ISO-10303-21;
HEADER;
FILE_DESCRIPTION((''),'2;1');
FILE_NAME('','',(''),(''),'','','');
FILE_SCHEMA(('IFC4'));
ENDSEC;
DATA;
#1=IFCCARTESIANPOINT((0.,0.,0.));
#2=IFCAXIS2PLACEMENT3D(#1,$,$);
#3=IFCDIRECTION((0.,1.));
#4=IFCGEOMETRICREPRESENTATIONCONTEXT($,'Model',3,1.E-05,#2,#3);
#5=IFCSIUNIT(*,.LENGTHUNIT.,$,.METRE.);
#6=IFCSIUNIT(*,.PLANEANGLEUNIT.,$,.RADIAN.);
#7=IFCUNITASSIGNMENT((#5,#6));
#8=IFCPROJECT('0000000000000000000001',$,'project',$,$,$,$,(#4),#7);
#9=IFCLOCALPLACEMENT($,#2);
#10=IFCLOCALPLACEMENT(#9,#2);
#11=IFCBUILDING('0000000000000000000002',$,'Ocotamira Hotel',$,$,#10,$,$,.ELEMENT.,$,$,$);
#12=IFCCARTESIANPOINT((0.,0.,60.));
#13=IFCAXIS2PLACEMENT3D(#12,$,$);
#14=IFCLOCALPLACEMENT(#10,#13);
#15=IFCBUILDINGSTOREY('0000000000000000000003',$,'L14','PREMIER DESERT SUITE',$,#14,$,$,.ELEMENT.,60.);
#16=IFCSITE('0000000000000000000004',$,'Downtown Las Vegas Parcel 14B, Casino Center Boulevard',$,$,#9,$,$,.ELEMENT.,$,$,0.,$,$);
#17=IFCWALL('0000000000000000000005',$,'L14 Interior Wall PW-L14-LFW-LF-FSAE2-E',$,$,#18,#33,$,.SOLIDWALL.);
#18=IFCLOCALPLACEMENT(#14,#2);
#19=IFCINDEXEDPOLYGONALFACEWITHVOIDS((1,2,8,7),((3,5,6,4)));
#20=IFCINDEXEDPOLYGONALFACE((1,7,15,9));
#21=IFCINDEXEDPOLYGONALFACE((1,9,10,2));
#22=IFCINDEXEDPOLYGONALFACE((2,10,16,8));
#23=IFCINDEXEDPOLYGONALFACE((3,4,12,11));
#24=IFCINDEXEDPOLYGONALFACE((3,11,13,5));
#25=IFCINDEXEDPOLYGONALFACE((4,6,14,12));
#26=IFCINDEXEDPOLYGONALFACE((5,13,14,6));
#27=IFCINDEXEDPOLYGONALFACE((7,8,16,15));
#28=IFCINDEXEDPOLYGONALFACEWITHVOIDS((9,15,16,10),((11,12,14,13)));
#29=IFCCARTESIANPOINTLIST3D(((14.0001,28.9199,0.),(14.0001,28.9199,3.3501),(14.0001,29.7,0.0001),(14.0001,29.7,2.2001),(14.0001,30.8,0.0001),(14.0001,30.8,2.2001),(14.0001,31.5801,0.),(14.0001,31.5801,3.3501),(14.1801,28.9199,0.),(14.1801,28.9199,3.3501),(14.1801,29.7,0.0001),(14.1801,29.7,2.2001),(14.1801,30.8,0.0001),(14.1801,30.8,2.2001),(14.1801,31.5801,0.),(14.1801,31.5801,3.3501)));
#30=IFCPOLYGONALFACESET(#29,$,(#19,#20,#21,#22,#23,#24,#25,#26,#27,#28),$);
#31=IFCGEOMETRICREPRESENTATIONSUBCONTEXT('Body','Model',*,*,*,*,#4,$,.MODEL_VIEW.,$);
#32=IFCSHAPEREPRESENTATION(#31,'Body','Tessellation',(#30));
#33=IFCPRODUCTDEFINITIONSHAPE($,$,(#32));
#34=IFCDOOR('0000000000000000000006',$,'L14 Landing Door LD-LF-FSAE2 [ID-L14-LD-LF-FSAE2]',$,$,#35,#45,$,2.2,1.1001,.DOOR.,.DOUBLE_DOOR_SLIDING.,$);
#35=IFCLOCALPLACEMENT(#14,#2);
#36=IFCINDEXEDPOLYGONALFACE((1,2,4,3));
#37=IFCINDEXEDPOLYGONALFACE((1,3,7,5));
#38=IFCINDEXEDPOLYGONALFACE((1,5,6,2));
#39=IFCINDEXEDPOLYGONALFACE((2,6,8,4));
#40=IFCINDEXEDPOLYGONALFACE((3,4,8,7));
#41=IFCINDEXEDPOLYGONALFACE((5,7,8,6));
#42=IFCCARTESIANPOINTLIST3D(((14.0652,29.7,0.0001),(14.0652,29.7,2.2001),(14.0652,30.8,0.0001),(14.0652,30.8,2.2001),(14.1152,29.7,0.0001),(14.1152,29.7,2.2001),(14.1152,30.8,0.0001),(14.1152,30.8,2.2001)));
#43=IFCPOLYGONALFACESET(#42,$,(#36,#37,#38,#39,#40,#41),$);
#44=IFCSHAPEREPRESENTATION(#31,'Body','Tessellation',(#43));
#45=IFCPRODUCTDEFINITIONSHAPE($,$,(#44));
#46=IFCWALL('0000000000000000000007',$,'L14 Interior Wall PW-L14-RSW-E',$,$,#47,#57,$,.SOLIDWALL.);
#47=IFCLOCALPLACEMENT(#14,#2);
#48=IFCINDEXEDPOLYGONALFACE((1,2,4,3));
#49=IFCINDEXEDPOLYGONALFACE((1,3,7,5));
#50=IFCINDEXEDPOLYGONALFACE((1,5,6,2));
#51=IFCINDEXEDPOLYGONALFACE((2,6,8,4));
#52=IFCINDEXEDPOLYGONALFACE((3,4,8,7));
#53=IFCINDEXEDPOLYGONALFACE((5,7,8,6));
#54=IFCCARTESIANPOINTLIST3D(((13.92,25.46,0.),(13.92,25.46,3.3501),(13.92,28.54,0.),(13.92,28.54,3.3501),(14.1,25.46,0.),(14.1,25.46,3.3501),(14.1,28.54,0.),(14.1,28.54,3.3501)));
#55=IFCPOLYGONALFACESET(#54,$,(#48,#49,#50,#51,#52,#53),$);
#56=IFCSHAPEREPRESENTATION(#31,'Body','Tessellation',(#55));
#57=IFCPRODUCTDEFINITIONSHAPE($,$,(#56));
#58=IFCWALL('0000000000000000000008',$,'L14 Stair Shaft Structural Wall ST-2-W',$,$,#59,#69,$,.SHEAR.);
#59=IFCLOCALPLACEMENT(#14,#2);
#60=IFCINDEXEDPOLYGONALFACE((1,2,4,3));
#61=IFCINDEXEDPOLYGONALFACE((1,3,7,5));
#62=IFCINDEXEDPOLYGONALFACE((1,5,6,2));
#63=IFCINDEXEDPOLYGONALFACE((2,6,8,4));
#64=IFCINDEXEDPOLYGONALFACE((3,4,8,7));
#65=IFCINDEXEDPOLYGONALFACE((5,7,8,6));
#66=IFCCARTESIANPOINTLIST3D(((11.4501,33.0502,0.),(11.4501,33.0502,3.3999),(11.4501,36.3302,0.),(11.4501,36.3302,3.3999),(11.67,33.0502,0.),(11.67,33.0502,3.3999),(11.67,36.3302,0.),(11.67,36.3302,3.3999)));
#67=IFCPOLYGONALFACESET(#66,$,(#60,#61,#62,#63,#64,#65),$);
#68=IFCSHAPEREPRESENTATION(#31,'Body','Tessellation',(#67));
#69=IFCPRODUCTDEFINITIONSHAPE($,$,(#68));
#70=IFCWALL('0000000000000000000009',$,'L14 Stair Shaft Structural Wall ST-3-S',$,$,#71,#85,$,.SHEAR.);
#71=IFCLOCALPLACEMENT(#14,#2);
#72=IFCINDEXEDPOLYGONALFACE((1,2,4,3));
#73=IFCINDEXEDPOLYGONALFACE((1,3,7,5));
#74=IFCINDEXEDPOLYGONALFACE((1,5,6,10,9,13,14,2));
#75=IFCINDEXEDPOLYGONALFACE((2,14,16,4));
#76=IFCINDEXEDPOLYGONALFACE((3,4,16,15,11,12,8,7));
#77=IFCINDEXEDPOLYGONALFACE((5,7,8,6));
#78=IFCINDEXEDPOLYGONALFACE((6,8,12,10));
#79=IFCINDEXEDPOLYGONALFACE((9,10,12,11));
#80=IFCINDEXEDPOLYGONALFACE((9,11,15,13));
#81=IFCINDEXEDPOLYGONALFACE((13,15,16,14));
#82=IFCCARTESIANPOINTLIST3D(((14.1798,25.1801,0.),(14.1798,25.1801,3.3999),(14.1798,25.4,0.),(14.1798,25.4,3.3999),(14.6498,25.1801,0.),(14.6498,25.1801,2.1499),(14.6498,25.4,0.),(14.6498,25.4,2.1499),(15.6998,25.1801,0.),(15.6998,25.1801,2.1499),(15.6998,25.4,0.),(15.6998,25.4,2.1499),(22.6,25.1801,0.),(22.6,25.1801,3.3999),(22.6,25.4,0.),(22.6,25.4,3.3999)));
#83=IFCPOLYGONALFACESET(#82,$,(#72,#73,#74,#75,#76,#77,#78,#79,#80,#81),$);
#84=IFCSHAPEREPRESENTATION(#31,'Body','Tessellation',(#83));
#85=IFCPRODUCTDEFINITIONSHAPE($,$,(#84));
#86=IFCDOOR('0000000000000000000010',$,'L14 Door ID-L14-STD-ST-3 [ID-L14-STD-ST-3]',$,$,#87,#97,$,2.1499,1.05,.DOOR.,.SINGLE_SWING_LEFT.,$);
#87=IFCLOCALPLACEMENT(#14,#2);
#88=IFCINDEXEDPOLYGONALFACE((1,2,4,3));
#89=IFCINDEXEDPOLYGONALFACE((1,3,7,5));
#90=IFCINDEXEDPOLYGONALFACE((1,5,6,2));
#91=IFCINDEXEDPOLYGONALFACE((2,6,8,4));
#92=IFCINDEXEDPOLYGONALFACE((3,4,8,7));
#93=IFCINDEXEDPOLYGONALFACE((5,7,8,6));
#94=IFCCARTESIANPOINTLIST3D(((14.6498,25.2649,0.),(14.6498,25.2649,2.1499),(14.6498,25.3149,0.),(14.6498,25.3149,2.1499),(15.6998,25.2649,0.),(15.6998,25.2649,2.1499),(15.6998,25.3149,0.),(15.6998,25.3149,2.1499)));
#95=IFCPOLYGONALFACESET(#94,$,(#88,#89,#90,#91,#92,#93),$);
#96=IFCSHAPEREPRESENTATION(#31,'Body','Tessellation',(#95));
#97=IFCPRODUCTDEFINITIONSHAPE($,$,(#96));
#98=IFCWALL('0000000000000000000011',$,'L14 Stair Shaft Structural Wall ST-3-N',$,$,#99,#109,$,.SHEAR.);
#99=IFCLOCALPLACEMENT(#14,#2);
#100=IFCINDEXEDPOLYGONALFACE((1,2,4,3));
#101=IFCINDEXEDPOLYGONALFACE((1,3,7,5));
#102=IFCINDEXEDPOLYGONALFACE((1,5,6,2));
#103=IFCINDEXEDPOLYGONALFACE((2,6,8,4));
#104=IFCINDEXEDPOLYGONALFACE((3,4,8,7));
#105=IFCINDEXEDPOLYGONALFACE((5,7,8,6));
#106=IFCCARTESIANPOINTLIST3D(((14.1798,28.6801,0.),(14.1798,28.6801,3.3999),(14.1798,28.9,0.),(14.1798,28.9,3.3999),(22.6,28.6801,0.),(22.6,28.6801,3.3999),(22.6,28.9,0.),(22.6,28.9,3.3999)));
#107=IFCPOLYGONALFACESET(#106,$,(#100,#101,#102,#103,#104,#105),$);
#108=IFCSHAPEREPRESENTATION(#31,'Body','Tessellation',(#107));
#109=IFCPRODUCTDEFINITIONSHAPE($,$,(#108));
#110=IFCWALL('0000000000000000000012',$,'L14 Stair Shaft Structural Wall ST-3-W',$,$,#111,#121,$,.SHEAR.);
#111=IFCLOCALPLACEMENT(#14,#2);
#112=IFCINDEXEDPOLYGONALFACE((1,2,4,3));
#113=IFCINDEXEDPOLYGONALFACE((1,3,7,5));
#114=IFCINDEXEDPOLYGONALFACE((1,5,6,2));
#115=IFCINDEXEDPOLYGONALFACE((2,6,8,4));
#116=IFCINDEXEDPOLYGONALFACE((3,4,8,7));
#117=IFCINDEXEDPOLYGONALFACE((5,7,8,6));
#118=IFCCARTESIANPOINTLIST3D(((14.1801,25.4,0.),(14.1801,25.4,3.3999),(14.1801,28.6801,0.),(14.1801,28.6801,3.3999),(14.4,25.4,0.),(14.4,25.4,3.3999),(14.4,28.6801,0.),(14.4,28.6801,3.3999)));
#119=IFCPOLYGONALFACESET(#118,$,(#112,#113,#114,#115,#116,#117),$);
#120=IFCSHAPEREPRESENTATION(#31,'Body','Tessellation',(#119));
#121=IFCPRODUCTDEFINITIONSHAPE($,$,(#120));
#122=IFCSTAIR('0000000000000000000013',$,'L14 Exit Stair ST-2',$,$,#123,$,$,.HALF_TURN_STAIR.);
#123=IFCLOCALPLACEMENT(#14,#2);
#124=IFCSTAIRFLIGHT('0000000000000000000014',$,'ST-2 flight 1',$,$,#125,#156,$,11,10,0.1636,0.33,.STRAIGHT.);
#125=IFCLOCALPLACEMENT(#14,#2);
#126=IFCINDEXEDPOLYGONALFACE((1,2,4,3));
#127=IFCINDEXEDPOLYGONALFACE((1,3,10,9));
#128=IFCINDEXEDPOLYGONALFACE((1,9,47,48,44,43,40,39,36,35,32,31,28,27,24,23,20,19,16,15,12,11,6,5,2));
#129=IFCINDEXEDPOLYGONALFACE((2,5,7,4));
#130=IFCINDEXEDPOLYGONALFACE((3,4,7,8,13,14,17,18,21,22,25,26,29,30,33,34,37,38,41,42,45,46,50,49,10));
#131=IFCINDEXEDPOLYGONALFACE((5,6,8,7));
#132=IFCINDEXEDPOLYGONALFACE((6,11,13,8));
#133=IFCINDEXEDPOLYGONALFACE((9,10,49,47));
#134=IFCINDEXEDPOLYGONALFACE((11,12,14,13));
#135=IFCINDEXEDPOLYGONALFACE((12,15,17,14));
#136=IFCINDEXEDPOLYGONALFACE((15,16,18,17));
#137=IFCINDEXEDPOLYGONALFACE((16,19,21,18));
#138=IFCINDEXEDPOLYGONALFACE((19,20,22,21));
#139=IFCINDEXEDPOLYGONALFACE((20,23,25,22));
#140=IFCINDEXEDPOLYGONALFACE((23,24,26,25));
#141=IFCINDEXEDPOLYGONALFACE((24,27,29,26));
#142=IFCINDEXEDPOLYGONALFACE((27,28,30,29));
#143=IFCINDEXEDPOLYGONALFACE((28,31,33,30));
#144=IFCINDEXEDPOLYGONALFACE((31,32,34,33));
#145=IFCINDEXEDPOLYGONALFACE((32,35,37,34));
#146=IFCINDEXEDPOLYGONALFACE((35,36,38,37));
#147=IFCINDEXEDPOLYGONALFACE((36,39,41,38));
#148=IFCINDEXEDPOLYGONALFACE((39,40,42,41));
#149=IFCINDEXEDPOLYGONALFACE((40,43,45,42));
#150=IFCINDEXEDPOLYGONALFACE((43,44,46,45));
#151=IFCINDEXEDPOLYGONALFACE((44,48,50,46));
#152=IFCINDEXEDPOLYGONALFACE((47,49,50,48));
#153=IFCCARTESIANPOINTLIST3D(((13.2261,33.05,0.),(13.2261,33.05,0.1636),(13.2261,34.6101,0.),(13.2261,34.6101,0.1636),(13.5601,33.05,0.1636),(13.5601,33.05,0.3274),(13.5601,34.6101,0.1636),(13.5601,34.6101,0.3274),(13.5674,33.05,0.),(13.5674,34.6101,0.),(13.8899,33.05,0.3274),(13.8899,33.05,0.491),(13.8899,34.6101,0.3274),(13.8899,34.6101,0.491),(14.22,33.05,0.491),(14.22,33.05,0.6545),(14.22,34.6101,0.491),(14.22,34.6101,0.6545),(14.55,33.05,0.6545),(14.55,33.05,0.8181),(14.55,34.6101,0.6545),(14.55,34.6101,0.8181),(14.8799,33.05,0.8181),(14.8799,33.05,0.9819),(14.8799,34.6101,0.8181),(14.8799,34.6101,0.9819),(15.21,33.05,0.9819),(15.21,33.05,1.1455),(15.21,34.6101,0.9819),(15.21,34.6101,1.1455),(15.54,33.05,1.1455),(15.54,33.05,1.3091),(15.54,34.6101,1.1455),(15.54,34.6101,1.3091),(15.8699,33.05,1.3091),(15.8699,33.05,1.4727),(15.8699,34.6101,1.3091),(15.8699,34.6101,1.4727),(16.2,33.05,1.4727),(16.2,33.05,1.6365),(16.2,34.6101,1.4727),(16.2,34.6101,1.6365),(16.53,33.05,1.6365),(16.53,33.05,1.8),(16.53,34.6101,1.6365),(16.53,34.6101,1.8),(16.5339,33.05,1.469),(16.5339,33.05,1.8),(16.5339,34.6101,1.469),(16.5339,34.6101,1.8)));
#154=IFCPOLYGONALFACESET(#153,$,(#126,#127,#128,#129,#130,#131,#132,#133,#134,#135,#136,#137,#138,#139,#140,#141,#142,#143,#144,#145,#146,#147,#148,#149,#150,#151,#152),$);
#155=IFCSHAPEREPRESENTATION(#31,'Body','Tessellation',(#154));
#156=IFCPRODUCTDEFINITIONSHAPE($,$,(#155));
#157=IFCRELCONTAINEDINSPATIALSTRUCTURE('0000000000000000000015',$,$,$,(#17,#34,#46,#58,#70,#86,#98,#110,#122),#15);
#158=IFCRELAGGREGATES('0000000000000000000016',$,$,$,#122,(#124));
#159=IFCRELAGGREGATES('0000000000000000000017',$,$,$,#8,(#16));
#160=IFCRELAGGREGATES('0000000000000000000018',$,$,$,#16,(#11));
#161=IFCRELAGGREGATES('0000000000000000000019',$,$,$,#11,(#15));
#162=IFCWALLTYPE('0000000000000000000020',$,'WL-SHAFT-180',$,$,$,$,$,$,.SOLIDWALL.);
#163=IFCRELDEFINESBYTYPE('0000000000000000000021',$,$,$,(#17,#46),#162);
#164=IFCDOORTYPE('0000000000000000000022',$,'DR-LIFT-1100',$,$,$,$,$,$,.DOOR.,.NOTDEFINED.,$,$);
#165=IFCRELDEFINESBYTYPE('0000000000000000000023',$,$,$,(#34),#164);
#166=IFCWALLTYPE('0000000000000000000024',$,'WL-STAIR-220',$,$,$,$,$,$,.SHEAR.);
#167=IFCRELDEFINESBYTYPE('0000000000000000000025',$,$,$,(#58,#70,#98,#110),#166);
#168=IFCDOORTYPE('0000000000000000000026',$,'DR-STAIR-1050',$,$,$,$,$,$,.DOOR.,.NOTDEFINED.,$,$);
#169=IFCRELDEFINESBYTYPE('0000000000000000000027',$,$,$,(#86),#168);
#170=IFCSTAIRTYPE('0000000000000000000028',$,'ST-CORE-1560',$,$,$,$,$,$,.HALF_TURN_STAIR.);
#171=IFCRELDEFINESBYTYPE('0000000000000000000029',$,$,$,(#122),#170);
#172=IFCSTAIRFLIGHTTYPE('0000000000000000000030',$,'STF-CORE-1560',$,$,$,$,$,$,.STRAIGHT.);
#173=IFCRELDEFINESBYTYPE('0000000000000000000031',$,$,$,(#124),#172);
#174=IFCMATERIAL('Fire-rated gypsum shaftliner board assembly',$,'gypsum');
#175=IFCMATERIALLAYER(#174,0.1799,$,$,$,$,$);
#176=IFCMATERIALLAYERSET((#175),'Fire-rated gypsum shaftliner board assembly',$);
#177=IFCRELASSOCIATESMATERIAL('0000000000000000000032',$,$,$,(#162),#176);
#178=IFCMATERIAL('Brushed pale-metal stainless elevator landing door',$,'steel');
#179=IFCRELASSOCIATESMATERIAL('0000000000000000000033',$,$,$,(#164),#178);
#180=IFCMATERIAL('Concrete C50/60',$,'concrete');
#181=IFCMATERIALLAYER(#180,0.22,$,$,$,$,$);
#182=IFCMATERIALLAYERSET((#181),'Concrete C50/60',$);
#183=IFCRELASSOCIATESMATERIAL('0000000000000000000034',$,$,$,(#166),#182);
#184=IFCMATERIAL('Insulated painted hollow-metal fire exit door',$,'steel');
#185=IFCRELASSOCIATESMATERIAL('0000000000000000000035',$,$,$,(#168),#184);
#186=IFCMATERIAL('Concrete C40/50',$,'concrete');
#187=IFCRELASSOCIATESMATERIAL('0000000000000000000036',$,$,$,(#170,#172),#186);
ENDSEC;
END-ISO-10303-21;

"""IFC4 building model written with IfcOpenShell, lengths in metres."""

from ifc_helpers import new_model, si_unit, direction, frame, frame_2d, origin, place, context, subcontext, project, spatial, polyline, rectangle, outline, extrude, source, transform, mapped, material, layer, layer_set, type_object, element, fill, aggregate, save


model = new_model("IFC4")

# Units and contexts
model_context = context("Model", 3, precision=1e-05, world=origin(), true_north=direction((0.0, 1.0)))
body_context = subcontext(model_context, "Body", "Model", "MODEL_VIEW")
ifc_project = project(units=[si_unit("LENGTHUNIT", "METRE"), si_unit("PLANEANGLEUNIT", "RADIAN")], contexts=[model_context])

# Site, building, storey
site_placement = place(None, origin())
site = spatial("IfcSite", under=ifc_project, at=site_placement, Name="Downtown Las Vegas Parcel 14B, Casino Center Boulevard", CompositionType="ELEMENT", RefElevation=0.0)
building_placement = place(site_placement, origin())
building = spatial("IfcBuilding", under=site, at=building_placement, Name="Ocotamira Hotel", CompositionType="ELEMENT")
storey_placement = place(building_placement, frame((0.0, 0.0, 60.0)))
storey = spatial("IfcBuildingStorey", under=building, at=storey_placement, Name="L14", Description="PREMIER DESERT SUITE", CompositionType="ELEMENT", Elevation=60.0)

# Wall, opening, door
ifc_material_1 = material(Name="Fire-rated gypsum shaftliner board assembly", Category="gypsum")
ifc_layer_1 = layer(ifc_material_1, 0.1799)
ifc_layer_set_1 = layer_set([ifc_layer_1], Name="Fire-rated gypsum shaftliner board assembly")
wall_type_1 = type_object("IfcWallType", Name="WL-SHAFT-180", PredefinedType="SOLIDWALL", material=ifc_layer_set_1)
wall_1_placement = place(storey_placement, frame((14.0901, 28.9199, 0.0), z_axis=(0.0, 0.0, 1.0), x_axis=(0.0, 1.0, 0.0)))
wall_1 = element("IfcWall", 1, at=wall_1_placement, inside=storey, type_object=wall_type_1, Name="L14 Interior Wall PW-L14-LFW-LF-FSAE2-E", PredefinedType="SOLIDWALL", context=body_context, shape_type="SweptSolid", body=[
    extrude(rectangle(XDim=2.6602, YDim=0.1799, at=frame_2d((1.3301, 0.0))), origin(), (0.0, 0.0, 1.0), 3.3501),
])
opening_1_placement = place(wall_1_placement, frame((0.78, 0.0, 0.0)))
opening_1 = element("IfcOpeningElement", 2, at=opening_1_placement, cuts=wall_1, PredefinedType="OPENING", context=body_context, shape_type="SweptSolid", body=[
    extrude(rectangle(XDim=1.1001, YDim=2.2, at=frame_2d((0.55, 1.1001))), frame((0.0, 0.1001, 0.0), z_axis=(0.0, -1.0, 0.0), x_axis=(1.0, 0.0, 0.0)), (0.0, 0.0, 1.0), 0.2),
])
ifc_material_2 = material(Name="Brushed pale-metal stainless elevator landing door", Category="steel")
door_type_1 = type_object("IfcDoorType", Name="DR-LIFT-1100", OperationType="NOTDEFINED", PredefinedType="DOOR", material=ifc_material_2)
shared_shape_1 = source(origin(), body_context, "Body", "SweptSolid", [
    extrude(rectangle(XDim=1.1001, YDim=2.2, at=frame_2d((0.55, 1.1001))), frame((0.0, 0.0249, 0.0), z_axis=(0.0, -1.0, 0.0), x_axis=(1.0, 0.0, 0.0)), (0.0, 0.0, 1.0), 0.05),
])
door_1_placement = place(opening_1_placement, origin())
door_1 = element("IfcDoor", 3, at=door_1_placement, inside=storey, type_object=door_type_1, Name="L14 Landing Door LD-LF-FSAE2 [ID-L14-LD-LF-FSAE2]", OperationType="DOUBLE_DOOR_SLIDING", OverallHeight=2.2, OverallWidth=1.1001, PredefinedType="DOOR", context=body_context, shape_type="MappedRepresentation", body=[
    mapped(shared_shape_1, transform((0.0, 0.0, 0.0), scale=1.0)),
])
fill(opening_1, door_1)

# Walls
wall_2_placement = place(storey_placement, frame((14.01, 25.46, 0.0), z_axis=(0.0, 0.0, 1.0), x_axis=(0.0, 1.0, 0.0)))
element("IfcWall", 4, at=wall_2_placement, inside=storey, type_object=wall_type_1, Name="L14 Interior Wall PW-L14-RSW-E", PredefinedType="SOLIDWALL", context=body_context, shape_type="SweptSolid", body=[
    extrude(rectangle(XDim=3.0801, YDim=0.1799, at=frame_2d((1.54, 0.0))), origin(), (0.0, 0.0, 1.0), 3.3501),
])
ifc_material_3 = material(Name="Concrete C50/60", Category="concrete")
ifc_layer_2 = layer(ifc_material_3, 0.22)
ifc_layer_set_2 = layer_set([ifc_layer_2], Name="Concrete C50/60")
wall_type_2 = type_object("IfcWallType", Name="WL-STAIR-220", PredefinedType="SHEAR", material=ifc_layer_set_2)
wall_3_placement = place(storey_placement, frame((11.5601, 33.05, 0.0), z_axis=(0.0, 0.0, 1.0), x_axis=(0.0, 1.0, 0.0)))
element("IfcWall", 5, at=wall_3_placement, inside=storey, type_object=wall_type_2, Name="L14 Stair Shaft Structural Wall ST-2-W", PredefinedType="SHEAR", context=body_context, shape_type="SweptSolid", body=[
    extrude(rectangle(XDim=3.28, YDim=0.22, at=frame_2d((1.6401, 0.0))), origin(), (0.0, 0.0, 1.0), 3.3999),
])

# Wall, opening, door
wall_4_placement = place(storey_placement, frame((14.1799, 25.29, 0.0), z_axis=(0.0, 0.0, 1.0), x_axis=(1.0, 0.0, 0.0)))
wall_4 = element("IfcWall", 6, at=wall_4_placement, inside=storey, type_object=wall_type_2, Name="L14 Stair Shaft Structural Wall ST-3-S", PredefinedType="SHEAR", context=body_context, shape_type="SweptSolid", body=[
    extrude(rectangle(XDim=8.4202, YDim=0.22, at=frame_2d((4.21, 0.0))), origin(), (0.0, 0.0, 1.0), 3.3999),
])
opening_2_placement = place(wall_4_placement, frame((0.47, 0.0, 0.0)))
opening_2 = element("IfcOpeningElement", 7, at=opening_2_placement, cuts=wall_4, PredefinedType="OPENING", context=body_context, shape_type="SweptSolid", body=[
    extrude(rectangle(XDim=1.05, YDim=2.1499, at=frame_2d((0.5249, 1.075))), frame((0.0, 0.1201, 0.0), z_axis=(0.0, -1.0, 0.0), x_axis=(1.0, 0.0, 0.0)), (0.0, 0.0, 1.0), 0.24),
])
ifc_material_4 = material(Name="Insulated painted hollow-metal fire exit door", Category="steel")
door_type_2 = type_object("IfcDoorType", Name="DR-STAIR-1050", OperationType="NOTDEFINED", PredefinedType="DOOR", material=ifc_material_4)
shared_shape_2 = source(origin(), body_context, "Body", "SweptSolid", [
    extrude(rectangle(XDim=1.05, YDim=2.1499, at=frame_2d((0.5249, 1.075))), frame((0.0, 0.0249, 0.0), z_axis=(0.0, -1.0, 0.0), x_axis=(1.0, 0.0, 0.0)), (0.0, 0.0, 1.0), 0.05),
])
door_2_placement = place(opening_2_placement, origin())
door_2 = element("IfcDoor", 8, at=door_2_placement, inside=storey, type_object=door_type_2, Name="L14 Door ID-L14-STD-ST-3 [ID-L14-STD-ST-3]", OperationType="SINGLE_SWING_LEFT", OverallHeight=2.1499, OverallWidth=1.05, PredefinedType="DOOR", context=body_context, shape_type="MappedRepresentation", body=[
    mapped(shared_shape_2, transform((0.0, 0.0, 0.0), scale=1.0)),
])
fill(opening_2, door_2)

# Walls
wall_5_placement = place(storey_placement, frame((14.1799, 28.79, 0.0), z_axis=(0.0, 0.0, 1.0), x_axis=(1.0, 0.0, 0.0)))
element("IfcWall", 9, at=wall_5_placement, inside=storey, type_object=wall_type_2, Name="L14 Stair Shaft Structural Wall ST-3-N", PredefinedType="SHEAR", context=body_context, shape_type="SweptSolid", body=[
    extrude(rectangle(XDim=8.4202, YDim=0.22, at=frame_2d((4.21, 0.0))), origin(), (0.0, 0.0, 1.0), 3.3999),
])
wall_6_placement = place(storey_placement, frame((14.29, 25.3999, 0.0), z_axis=(0.0, 0.0, 1.0), x_axis=(0.0, 1.0, 0.0)))
element("IfcWall", 10, at=wall_6_placement, inside=storey, type_object=wall_type_2, Name="L14 Stair Shaft Structural Wall ST-3-W", PredefinedType="SHEAR", context=body_context, shape_type="SweptSolid", body=[
    extrude(rectangle(XDim=3.28, YDim=0.22, at=frame_2d((1.6401, 0.0))), origin(), (0.0, 0.0, 1.0), 3.3999),
])

# Stair, stair flight
ifc_material_5 = material(Name="Concrete C40/50", Category="concrete")
stair_type = type_object("IfcStairType", Name="ST-CORE-1560", PredefinedType="HALF_TURN_STAIR", material=ifc_material_5)
stair_1_placement = place(storey_placement, origin())
stair_1 = element("IfcStair", 11, at=stair_1_placement, inside=storey, type_object=stair_type, Name="L14 Exit Stair ST-2", PredefinedType="HALF_TURN_STAIR")
stair_flight_type = type_object("IfcStairFlightType", Name="STF-CORE-1560", PredefinedType="STRAIGHT", material=ifc_material_5)
shared_shape_3 = source(origin(), body_context, "Body", "SweptSolid", [
    extrude(outline(polyline([(-0.0039, 0.0), (-0.0039, 0.1636), (0.3301, 0.1636), (0.3301, 0.3274), (0.6599, 0.3274), (0.6599, 0.491), (0.99, 0.491), (0.99, 0.6545), (1.3201, 0.6545), (1.3201, 0.8181), (1.6499, 0.8181), (1.6499, 0.9819), (1.98, 0.9819), (1.98, 1.1455), (2.3101, 1.1455), (2.3101, 1.3091), (2.6399, 1.3091), (2.6399, 1.4727), (2.97, 1.4727), (2.97, 1.6365), (3.3, 1.6365), (3.3, 1.8), (3.304, 1.8), (3.304, 1.469), (0.3374, 0.0), (-0.0039, 0.0)])), frame((0.0, 0.78, 0.0), z_axis=(0.0, -1.0, 0.0), x_axis=(1.0, 0.0, 0.0)), (0.0, 0.0, 1.0), 1.5601),
])
stair_flight_1_placement = place(storey_placement, frame((13.23, 33.8301, 0.0), z_axis=(0.0, 0.0, 1.0), x_axis=(1.0, 0.0, 0.0)))
stair_flight_1 = element("IfcStairFlight", 12, at=stair_flight_1_placement, type_object=stair_flight_type, Name="ST-2 flight 1", NumberOfRisers=11, NumberOfTreads=10, PredefinedType="STRAIGHT", RiserHeight=0.1636, TreadLength=0.33, context=body_context, shape_type="MappedRepresentation", body=[
    mapped(shared_shape_3, transform((0.0, 0.0, 0.0), scale=1.0)),
])
aggregate(stair_1, [stair_flight_1])

save(model, "model.ifc")
